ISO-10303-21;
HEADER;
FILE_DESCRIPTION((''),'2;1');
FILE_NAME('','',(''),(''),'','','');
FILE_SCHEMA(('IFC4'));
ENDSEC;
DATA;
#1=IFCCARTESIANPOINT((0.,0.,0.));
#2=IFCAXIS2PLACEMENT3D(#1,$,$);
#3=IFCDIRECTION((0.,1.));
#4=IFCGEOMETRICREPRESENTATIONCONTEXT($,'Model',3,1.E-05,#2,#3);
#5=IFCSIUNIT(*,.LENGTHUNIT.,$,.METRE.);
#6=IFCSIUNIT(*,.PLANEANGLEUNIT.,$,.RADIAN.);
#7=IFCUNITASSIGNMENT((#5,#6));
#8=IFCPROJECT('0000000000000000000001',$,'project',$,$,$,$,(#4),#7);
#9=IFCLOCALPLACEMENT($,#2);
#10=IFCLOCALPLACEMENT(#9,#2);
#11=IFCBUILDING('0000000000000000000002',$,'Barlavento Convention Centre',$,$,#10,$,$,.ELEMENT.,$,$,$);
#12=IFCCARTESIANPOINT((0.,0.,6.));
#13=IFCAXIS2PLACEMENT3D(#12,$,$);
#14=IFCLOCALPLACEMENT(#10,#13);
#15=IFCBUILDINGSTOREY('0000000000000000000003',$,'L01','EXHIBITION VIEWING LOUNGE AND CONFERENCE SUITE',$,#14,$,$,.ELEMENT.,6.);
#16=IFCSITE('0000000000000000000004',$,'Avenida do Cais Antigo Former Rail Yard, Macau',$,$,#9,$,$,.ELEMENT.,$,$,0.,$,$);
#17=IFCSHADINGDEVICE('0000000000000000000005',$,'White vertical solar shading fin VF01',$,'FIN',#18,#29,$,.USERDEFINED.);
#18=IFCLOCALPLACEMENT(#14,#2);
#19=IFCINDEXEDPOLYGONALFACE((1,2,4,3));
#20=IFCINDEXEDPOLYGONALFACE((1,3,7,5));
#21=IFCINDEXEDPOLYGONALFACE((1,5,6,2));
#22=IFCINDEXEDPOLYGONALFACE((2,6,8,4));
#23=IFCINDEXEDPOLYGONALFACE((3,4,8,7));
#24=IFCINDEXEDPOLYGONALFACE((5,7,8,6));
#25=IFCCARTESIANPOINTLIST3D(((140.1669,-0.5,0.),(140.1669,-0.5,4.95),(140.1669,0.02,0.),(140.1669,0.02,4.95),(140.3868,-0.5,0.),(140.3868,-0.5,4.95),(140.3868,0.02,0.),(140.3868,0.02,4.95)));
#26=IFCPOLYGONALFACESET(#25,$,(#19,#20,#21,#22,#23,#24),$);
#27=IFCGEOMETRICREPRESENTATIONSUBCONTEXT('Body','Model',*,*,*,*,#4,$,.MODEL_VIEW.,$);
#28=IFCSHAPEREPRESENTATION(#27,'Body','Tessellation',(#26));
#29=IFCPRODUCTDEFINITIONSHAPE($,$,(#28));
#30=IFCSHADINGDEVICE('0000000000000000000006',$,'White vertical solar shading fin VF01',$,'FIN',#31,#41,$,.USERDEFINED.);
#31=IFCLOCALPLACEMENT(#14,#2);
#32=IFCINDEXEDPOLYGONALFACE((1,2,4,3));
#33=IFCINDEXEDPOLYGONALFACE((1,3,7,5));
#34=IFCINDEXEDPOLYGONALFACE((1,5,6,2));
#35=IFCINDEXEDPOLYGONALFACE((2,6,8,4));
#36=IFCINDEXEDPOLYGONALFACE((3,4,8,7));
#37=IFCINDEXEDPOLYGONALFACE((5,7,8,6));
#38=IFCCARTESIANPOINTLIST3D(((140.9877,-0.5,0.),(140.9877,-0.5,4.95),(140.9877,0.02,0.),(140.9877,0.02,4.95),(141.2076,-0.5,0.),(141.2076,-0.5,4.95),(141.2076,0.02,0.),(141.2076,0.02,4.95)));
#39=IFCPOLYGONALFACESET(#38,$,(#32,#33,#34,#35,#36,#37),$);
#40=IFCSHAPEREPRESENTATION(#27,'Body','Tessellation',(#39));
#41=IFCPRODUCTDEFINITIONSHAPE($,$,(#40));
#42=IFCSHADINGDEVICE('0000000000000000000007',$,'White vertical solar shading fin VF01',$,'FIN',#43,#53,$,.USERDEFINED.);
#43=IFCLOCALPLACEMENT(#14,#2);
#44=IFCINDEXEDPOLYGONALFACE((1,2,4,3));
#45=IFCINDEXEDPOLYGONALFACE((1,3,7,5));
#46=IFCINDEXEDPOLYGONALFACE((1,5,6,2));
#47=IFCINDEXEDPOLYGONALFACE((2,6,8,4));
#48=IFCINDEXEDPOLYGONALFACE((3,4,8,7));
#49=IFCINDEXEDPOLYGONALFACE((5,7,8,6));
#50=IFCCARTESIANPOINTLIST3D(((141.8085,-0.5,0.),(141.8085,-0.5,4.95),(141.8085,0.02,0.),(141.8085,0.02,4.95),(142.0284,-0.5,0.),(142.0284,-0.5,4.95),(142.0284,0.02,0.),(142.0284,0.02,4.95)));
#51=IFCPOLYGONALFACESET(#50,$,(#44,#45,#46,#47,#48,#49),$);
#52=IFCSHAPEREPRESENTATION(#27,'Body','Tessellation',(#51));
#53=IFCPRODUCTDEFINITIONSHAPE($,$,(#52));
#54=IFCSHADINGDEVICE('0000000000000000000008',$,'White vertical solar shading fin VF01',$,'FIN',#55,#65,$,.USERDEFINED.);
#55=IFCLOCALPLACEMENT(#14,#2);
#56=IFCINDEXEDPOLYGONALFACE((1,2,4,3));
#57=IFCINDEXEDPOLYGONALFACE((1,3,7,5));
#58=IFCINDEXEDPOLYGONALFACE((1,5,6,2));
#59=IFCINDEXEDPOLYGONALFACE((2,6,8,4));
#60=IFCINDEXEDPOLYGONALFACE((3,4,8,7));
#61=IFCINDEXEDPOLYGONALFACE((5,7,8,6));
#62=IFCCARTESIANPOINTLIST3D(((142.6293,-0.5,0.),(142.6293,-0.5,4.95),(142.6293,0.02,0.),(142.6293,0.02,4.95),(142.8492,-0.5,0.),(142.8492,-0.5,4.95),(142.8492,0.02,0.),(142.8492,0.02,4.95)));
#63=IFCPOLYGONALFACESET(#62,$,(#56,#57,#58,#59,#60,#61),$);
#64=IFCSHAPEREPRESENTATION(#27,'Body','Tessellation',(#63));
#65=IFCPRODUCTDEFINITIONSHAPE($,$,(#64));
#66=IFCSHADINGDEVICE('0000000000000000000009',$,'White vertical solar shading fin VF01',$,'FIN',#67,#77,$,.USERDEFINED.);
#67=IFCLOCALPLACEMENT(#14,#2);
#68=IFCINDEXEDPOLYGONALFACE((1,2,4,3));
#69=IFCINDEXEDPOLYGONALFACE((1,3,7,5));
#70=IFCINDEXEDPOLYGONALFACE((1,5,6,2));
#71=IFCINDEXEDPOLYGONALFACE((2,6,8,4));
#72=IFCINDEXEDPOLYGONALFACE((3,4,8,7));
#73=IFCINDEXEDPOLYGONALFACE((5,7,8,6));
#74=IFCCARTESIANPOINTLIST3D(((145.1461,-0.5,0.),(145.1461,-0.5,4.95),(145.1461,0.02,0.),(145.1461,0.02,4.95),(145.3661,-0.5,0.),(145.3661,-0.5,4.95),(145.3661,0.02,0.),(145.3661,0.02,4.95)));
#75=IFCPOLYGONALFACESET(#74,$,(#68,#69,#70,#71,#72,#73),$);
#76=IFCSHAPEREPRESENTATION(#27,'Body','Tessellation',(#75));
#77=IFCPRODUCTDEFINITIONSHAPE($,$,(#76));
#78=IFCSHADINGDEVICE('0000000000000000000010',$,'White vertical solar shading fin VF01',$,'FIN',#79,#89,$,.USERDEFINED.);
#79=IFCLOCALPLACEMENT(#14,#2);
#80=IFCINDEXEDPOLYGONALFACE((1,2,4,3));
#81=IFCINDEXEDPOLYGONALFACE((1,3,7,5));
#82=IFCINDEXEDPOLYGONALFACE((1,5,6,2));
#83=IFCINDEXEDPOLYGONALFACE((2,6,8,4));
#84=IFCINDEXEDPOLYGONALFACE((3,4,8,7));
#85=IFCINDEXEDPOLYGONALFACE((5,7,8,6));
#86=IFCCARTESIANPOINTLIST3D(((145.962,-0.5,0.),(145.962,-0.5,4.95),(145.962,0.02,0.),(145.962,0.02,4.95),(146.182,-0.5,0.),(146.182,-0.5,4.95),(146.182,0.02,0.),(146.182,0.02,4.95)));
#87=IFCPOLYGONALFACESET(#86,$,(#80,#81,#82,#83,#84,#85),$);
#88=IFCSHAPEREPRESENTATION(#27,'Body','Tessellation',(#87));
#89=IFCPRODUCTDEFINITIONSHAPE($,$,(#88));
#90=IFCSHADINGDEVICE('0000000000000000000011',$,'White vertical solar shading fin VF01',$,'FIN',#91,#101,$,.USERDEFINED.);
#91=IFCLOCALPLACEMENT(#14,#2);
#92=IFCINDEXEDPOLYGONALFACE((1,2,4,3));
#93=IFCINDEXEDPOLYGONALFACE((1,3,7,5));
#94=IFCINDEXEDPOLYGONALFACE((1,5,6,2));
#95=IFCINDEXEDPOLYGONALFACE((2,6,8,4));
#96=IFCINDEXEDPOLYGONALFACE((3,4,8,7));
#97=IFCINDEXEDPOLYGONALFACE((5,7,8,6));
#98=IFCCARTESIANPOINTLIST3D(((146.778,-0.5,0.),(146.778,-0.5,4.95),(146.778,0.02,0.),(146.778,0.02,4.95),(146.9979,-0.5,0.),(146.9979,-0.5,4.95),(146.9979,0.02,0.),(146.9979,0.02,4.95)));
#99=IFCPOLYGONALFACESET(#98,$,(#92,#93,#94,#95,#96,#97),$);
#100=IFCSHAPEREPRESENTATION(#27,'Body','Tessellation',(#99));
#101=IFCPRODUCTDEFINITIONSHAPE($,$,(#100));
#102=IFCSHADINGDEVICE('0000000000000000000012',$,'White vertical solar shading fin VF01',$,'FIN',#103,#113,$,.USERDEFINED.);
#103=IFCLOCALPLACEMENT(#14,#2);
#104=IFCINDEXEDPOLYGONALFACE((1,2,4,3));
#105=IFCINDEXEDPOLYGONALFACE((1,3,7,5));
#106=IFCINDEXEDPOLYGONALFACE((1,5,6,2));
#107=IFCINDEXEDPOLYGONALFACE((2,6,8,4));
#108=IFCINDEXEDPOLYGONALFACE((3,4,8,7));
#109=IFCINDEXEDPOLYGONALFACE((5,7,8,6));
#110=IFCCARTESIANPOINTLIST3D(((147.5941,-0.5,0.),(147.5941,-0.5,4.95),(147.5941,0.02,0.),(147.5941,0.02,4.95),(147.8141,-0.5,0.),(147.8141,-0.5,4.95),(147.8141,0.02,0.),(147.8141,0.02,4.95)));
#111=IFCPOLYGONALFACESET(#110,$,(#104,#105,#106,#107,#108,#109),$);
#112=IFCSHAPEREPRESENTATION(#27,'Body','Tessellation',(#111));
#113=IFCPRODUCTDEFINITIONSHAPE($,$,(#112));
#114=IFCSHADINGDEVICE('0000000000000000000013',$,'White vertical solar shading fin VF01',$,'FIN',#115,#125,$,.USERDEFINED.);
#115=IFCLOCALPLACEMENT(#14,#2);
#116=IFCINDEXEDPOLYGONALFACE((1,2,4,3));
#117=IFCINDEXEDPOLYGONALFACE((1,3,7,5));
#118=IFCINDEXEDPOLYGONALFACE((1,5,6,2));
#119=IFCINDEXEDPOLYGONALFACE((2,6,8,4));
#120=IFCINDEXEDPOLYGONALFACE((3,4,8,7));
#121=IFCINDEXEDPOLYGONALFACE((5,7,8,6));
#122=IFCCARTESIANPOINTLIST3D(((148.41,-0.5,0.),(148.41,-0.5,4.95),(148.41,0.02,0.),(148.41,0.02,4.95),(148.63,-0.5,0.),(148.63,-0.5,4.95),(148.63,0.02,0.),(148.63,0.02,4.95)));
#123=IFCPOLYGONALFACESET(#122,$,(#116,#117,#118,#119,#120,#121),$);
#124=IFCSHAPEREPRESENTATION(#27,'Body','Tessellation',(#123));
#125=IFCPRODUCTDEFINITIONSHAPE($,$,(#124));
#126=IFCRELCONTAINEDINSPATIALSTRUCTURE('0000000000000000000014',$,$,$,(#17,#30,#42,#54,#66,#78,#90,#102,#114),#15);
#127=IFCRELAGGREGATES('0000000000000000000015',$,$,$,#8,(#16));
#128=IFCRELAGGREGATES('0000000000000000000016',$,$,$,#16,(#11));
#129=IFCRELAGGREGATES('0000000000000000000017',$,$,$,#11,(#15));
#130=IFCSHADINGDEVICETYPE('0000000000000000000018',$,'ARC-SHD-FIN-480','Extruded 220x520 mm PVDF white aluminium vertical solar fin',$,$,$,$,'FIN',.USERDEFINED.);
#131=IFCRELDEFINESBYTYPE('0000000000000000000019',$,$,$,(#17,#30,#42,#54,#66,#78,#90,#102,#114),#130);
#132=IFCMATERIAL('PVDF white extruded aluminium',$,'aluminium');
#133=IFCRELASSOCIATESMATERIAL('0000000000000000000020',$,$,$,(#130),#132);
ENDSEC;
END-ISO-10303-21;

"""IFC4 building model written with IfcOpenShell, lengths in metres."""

from ifc_helpers import new_model, si_unit, direction, frame, origin, origin_2d, place, context, subcontext, project, spatial, rectangle, extrude, material, type_object, element, save


model = new_model("IFC4")

# Units and contexts
model_context = context("Model", 3, precision=1e-05, world=origin(), true_north=direction((0.0, 1.0)))
body_context = subcontext(model_context, "Body", "Model", "MODEL_VIEW")
ifc_project = project(units=[si_unit("LENGTHUNIT", "METRE"), si_unit("PLANEANGLEUNIT", "RADIAN")], contexts=[model_context])

# Site, building, storey
site_placement = place(None, origin())
site = spatial("IfcSite", under=ifc_project, at=site_placement, Name="Avenida do Cais Antigo Former Rail Yard, Macau", CompositionType="ELEMENT", RefElevation=0.0)
building_placement = place(site_placement, origin())
building = spatial("IfcBuilding", under=site, at=building_placement, Name="Barlavento Convention Centre", CompositionType="ELEMENT")
storey_placement = place(building_placement, frame((0.0, 0.0, 6.0)))
storey = spatial("IfcBuildingStorey", under=building, at=storey_placement, Name="L01", Description="EXHIBITION VIEWING LOUNGE AND CONFERENCE SUITE", CompositionType="ELEMENT", Elevation=6.0)

# Shading devices
ifc_material_1 = material(Name="PVDF white extruded aluminium", Category="aluminium")
shading_device_type = type_object("IfcShadingDeviceType", Name="ARC-SHD-FIN-480", Description="Extruded 220x520 mm PVDF white aluminium vertical solar fin", ElementType="FIN", PredefinedType="USERDEFINED", material=ifc_material_1)
for number, where, z_axis, x_axis, name in (
    (1, (140.2769, -0.24, 0.0), (0.0, 0.0, 1.0), (1.0, 0.0, 0.0), "White vertical solar shading fin VF01"),
    (2, (141.0977, -0.24, 0.0), (0.0, 0.0, 1.0), (1.0, 0.0, 0.0), "White vertical solar shading fin VF01"),
    (3, (141.9185, -0.24, 0.0), (0.0, 0.0, 1.0), (1.0, 0.0, 0.0), "White vertical solar shading fin VF01"),
    (4, (142.7393, -0.24, 0.0), (0.0, 0.0, 1.0), (1.0, 0.0, 0.0), "White vertical solar shading fin VF01"),
    (5, (145.2561, -0.24, 0.0), (0.0, 0.0, 1.0), (1.0, 0.0, 0.0), "White vertical solar shading fin VF01"),
    (6, (146.072, -0.24, 0.0), (0.0, 0.0, 1.0), (1.0, 0.0, 0.0), "White vertical solar shading fin VF01"),
    (7, (146.8879, -0.24, 0.0), (0.0, 0.0, 1.0), (1.0, 0.0, 0.0), "White vertical solar shading fin VF01"),
    (8, (147.7041, -0.24, 0.0), (0.0, 0.0, 1.0), (1.0, 0.0, 0.0), "White vertical solar shading fin VF01"),
    (9, (148.52, -0.24, 0.0), (0.0, 0.0, 1.0), (1.0, 0.0, 0.0), "White vertical solar shading fin VF01"),
):
    element("IfcShadingDevice", number, at=place(storey_placement, frame(where, z_axis=z_axis, x_axis=x_axis)), inside=storey, type_object=shading_device_type, Name=name, ObjectType="FIN", PredefinedType="USERDEFINED", context=body_context, shape_type="SweptSolid", body=[
        extrude(rectangle(XDim=0.22, YDim=0.52, at=origin_2d()), origin(), (0.0, 0.0, 1.0), 4.95),
    ])

save(model, "model.ifc")
